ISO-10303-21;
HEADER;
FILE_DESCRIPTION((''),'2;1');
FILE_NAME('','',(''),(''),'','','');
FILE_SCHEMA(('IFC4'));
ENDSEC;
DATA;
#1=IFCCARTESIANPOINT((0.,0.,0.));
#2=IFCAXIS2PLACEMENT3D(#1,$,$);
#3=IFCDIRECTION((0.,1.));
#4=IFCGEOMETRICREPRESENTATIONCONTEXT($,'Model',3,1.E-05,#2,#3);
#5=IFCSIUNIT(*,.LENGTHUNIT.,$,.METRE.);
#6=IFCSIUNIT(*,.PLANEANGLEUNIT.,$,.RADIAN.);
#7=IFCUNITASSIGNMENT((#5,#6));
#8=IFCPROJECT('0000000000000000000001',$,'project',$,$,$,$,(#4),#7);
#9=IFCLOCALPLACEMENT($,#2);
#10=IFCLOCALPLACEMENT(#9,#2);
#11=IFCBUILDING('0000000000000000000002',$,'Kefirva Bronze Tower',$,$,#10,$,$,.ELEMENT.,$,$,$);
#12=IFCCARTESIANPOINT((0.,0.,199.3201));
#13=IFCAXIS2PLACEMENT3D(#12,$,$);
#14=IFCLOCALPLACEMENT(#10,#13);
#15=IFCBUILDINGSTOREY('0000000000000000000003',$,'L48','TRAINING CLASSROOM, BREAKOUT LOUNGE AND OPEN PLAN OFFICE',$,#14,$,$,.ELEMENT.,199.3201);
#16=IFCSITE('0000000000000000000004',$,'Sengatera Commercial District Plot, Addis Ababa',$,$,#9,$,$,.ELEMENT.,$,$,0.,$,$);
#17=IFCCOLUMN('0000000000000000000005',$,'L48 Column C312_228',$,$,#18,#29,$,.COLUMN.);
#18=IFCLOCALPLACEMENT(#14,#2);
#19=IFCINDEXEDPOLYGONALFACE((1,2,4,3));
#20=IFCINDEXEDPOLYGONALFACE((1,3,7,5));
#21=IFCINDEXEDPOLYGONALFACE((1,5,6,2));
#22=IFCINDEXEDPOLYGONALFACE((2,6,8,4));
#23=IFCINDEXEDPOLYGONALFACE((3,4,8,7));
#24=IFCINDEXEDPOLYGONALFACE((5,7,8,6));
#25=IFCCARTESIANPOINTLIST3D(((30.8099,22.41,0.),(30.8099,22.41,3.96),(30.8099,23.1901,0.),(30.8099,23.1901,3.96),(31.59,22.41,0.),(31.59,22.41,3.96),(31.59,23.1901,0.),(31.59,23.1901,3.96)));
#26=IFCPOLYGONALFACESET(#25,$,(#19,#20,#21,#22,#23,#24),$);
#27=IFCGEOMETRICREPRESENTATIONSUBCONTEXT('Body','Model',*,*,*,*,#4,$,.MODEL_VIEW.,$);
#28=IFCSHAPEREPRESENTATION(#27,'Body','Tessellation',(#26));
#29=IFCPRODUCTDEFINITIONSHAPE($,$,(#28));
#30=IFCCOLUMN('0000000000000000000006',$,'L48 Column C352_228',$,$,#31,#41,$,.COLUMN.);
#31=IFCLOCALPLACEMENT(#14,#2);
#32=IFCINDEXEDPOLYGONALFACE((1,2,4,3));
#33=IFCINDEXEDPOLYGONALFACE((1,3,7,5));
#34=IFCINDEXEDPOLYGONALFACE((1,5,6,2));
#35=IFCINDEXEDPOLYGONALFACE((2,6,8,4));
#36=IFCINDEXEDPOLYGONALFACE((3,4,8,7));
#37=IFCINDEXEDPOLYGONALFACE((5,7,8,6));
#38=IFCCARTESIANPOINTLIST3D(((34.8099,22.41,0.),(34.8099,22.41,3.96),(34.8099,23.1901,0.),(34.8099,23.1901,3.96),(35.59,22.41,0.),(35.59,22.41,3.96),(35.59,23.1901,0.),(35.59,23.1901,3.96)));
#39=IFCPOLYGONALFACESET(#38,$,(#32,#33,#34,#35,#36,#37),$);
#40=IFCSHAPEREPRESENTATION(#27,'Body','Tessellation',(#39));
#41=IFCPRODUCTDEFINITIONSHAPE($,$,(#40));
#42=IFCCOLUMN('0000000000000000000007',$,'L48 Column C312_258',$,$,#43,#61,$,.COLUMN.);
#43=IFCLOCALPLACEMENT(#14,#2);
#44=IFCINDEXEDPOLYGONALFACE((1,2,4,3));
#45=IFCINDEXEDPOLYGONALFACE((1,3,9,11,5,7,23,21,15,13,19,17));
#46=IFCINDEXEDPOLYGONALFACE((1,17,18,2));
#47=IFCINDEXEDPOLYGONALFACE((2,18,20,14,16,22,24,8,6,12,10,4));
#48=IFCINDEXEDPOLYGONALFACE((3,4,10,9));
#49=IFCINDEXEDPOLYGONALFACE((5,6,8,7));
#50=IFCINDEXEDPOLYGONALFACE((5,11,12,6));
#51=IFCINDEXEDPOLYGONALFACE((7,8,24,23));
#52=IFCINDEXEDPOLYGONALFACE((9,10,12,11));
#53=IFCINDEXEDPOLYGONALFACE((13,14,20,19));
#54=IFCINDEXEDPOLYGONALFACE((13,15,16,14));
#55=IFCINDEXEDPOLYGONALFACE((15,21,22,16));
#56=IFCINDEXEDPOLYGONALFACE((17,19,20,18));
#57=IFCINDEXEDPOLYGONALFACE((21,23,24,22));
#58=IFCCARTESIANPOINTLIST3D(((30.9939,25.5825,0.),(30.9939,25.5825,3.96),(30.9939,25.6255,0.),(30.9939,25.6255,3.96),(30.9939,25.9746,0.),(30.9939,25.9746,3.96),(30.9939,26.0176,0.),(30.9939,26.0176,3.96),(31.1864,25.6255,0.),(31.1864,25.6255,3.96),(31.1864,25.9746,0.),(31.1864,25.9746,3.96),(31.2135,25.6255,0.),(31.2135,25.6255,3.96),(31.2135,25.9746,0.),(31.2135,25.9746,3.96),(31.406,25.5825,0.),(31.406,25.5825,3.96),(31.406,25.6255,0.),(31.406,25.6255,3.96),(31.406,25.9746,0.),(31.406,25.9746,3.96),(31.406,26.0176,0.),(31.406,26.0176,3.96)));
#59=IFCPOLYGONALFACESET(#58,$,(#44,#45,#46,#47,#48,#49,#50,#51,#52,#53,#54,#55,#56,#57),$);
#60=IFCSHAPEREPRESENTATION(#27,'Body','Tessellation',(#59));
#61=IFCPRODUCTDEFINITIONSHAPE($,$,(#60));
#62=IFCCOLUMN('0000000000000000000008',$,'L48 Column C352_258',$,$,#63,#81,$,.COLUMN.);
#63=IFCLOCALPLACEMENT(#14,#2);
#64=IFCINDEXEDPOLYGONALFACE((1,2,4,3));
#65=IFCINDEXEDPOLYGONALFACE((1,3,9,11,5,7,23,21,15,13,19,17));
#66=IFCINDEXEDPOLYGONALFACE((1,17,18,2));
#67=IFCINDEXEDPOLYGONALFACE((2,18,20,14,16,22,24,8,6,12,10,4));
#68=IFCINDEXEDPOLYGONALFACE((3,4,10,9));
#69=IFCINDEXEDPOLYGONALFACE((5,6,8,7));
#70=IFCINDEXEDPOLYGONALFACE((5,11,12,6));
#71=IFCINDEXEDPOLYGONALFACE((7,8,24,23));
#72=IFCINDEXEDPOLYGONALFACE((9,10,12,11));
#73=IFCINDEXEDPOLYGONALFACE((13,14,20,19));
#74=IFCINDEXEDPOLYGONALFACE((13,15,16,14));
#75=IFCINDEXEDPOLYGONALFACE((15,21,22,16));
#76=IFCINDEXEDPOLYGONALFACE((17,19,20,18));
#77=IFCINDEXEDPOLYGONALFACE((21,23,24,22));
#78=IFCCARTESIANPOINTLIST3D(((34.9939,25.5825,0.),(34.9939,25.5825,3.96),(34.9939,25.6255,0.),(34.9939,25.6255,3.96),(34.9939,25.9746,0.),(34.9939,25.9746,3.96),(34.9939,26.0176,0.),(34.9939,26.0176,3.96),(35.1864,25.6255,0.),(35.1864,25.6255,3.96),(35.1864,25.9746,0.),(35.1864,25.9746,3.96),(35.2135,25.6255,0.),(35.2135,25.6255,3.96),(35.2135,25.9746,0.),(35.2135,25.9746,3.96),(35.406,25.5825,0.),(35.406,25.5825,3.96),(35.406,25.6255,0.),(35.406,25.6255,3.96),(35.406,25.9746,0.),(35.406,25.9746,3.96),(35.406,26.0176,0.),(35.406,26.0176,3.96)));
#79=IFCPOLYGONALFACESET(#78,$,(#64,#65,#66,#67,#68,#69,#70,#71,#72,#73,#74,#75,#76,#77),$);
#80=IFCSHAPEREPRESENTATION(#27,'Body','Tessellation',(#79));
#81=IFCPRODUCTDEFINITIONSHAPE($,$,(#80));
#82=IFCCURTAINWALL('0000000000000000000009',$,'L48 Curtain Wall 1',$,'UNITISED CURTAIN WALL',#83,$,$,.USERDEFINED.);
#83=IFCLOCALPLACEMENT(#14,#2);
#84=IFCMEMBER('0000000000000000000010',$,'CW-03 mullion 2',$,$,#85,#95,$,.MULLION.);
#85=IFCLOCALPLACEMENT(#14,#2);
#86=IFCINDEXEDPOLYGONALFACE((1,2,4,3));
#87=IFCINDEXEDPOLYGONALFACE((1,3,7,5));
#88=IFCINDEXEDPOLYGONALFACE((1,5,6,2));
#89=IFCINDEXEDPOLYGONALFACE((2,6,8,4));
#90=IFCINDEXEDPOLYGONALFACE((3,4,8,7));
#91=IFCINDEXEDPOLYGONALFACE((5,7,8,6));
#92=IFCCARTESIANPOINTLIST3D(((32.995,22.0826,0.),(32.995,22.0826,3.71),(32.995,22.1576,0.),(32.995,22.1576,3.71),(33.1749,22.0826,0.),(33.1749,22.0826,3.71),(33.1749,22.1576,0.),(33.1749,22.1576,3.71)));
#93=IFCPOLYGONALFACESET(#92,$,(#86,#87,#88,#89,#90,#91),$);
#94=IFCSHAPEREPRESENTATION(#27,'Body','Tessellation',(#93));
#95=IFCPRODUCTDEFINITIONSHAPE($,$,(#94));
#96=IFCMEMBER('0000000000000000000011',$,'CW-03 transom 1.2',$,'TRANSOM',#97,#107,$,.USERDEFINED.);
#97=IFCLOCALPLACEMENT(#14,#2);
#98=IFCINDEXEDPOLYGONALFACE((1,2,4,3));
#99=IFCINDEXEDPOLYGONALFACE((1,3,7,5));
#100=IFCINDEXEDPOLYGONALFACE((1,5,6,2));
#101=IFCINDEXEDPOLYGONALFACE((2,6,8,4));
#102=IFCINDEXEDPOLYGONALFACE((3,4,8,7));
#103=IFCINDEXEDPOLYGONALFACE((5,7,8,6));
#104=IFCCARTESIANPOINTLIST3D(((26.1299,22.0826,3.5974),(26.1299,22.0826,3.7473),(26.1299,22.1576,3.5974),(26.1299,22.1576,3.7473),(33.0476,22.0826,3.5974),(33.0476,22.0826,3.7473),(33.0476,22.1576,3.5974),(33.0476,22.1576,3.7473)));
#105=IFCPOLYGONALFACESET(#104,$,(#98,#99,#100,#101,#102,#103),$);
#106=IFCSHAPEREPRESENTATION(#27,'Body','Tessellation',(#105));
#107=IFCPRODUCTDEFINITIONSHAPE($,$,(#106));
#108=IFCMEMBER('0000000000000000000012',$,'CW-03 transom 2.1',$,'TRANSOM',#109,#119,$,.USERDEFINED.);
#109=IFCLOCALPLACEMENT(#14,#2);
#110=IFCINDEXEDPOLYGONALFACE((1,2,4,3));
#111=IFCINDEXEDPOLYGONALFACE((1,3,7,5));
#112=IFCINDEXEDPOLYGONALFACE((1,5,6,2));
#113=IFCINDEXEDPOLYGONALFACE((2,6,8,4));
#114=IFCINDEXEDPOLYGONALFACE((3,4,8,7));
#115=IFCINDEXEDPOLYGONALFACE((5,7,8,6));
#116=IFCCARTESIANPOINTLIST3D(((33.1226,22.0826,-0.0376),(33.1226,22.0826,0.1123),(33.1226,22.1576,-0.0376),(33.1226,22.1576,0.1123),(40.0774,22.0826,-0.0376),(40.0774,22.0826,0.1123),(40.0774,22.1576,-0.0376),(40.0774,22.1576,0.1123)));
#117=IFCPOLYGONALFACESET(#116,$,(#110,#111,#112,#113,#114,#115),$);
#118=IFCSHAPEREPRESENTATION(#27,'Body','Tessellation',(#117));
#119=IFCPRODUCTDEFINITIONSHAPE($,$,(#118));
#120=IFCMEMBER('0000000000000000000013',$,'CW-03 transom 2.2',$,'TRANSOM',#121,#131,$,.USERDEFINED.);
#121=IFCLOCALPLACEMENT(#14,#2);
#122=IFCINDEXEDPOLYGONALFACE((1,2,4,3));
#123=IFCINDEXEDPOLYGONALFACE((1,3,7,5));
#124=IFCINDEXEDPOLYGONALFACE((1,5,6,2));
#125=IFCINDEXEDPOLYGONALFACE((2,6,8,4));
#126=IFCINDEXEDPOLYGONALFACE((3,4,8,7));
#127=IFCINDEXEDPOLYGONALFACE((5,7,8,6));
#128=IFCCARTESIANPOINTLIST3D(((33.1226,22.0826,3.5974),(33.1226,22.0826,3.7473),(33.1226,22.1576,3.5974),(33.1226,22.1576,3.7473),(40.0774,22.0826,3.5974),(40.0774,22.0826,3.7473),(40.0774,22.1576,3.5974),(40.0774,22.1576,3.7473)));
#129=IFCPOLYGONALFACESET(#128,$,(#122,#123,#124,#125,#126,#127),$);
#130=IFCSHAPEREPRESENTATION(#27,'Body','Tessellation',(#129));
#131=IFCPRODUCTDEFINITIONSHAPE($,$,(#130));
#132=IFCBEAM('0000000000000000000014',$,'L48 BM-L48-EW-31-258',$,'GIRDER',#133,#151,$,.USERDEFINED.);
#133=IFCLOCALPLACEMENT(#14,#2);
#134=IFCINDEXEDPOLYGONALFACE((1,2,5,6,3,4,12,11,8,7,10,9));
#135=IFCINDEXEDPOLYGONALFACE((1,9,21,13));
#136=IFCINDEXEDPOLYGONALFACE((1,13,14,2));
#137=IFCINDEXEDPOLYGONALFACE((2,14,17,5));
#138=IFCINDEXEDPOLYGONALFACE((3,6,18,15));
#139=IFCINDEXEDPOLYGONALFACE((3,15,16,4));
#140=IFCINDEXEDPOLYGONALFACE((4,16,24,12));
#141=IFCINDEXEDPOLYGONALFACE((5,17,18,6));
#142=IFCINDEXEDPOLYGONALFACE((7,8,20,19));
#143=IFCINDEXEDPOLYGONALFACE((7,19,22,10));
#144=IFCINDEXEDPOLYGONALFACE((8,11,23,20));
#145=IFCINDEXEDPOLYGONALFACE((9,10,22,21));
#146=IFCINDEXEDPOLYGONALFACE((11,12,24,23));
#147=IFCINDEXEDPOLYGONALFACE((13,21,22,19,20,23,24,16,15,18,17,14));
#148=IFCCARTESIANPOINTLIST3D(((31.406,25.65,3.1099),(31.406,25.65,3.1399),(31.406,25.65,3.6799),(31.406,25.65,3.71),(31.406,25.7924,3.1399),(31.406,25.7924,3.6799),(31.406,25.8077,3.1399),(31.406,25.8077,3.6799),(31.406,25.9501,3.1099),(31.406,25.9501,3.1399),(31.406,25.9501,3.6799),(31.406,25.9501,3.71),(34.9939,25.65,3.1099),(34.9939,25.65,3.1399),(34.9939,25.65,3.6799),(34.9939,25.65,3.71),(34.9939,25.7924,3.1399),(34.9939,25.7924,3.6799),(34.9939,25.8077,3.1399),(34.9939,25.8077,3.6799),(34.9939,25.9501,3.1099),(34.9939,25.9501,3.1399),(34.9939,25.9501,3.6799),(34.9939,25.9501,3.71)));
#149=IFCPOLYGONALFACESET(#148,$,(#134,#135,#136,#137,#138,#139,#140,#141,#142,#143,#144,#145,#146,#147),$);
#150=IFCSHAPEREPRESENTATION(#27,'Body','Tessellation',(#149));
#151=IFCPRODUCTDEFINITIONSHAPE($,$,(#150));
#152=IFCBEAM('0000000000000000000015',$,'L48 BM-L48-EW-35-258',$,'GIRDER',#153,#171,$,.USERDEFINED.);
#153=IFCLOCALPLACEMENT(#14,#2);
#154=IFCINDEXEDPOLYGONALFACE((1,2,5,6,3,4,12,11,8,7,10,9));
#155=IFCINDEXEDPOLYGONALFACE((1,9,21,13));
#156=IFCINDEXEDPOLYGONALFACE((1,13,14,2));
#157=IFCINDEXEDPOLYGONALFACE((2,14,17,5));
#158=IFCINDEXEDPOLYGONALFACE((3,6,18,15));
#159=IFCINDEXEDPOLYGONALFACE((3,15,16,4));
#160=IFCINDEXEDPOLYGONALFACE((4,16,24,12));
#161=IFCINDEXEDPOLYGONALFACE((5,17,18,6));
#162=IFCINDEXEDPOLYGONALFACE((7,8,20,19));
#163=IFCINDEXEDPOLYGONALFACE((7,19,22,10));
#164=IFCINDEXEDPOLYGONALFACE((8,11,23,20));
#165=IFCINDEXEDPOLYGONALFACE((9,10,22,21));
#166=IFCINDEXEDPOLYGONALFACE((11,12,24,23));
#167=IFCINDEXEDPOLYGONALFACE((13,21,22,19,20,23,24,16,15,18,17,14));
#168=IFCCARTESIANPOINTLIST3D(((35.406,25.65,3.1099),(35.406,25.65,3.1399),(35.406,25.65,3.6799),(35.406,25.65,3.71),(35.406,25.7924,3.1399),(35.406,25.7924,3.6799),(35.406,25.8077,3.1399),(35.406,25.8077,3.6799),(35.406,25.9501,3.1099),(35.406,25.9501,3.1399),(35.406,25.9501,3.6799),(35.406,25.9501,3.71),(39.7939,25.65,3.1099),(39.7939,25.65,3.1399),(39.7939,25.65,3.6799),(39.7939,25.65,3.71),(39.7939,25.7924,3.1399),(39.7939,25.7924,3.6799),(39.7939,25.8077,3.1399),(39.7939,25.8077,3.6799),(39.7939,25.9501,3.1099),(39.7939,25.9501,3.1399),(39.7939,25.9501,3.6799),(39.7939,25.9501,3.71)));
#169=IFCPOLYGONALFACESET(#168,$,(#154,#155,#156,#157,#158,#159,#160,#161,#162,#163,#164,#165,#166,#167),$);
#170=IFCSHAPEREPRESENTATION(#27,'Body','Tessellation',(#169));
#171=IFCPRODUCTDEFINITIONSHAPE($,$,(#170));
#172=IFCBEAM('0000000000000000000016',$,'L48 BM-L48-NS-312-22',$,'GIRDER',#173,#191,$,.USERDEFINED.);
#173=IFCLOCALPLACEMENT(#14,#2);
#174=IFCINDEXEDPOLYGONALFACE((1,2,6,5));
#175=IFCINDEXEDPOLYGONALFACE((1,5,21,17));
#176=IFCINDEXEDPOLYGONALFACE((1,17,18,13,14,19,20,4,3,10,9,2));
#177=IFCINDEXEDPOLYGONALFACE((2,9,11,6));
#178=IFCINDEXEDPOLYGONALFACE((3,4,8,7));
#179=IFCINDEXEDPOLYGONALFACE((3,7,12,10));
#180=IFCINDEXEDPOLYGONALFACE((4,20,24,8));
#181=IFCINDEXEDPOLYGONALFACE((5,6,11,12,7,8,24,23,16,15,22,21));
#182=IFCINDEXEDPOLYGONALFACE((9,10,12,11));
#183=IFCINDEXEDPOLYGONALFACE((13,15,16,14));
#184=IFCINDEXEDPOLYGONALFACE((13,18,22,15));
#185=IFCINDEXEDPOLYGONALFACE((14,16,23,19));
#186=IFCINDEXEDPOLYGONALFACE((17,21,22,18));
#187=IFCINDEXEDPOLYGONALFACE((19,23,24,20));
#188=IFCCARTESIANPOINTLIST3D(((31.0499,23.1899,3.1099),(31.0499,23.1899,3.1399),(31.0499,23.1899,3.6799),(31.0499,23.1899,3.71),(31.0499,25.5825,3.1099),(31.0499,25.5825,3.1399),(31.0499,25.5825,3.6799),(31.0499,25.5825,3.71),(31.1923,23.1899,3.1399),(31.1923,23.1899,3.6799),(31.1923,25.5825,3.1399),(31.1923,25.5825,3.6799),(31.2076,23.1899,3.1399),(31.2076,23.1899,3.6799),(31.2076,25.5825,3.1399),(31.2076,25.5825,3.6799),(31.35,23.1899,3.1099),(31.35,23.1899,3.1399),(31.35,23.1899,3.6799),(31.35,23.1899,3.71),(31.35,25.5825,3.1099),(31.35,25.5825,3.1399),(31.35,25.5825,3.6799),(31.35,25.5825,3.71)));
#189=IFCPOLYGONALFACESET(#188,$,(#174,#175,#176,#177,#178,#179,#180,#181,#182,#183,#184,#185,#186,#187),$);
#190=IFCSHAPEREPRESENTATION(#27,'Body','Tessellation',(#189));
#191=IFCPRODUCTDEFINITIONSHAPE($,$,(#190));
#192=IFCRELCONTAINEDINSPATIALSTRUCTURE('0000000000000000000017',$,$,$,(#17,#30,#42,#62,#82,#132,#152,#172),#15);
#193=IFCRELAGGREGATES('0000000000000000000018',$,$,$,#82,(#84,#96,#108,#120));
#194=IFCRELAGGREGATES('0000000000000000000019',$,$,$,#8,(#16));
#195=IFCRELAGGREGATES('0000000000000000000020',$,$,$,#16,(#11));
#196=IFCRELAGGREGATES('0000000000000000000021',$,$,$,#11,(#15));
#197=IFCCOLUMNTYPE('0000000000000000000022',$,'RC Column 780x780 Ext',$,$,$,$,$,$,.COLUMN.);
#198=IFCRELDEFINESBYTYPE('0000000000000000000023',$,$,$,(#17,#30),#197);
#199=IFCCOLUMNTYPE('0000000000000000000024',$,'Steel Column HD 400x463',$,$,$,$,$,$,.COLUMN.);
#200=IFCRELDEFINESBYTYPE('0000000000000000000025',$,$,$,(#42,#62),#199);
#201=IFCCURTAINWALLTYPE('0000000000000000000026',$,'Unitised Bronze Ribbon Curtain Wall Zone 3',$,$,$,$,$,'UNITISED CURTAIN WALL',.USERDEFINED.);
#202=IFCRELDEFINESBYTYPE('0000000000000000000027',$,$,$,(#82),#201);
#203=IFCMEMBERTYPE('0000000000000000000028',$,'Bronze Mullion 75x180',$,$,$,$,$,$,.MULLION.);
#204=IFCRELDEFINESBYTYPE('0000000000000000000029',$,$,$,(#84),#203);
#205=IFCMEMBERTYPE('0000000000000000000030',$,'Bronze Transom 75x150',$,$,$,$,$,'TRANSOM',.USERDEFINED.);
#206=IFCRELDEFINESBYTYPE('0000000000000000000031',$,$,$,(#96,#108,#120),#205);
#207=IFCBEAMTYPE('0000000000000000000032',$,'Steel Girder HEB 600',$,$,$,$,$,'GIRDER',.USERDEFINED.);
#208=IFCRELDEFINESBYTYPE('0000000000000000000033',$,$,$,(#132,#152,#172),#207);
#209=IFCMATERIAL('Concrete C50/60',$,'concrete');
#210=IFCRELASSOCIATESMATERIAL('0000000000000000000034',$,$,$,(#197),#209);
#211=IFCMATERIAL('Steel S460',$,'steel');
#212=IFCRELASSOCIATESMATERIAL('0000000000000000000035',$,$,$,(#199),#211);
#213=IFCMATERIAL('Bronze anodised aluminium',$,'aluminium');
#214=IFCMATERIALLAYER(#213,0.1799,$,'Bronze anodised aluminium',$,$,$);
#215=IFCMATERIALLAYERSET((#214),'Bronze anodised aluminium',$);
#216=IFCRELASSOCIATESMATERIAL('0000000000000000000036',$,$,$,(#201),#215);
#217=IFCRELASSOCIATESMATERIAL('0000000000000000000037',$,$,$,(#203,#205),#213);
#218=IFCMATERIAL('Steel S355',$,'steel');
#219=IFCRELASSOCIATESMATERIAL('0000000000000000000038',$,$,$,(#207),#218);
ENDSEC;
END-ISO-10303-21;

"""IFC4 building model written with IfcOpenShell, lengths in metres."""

from ifc_helpers import new_model, si_unit, direction, frame, origin, origin_2d, place, context, subcontext, project, spatial, rectangle, i_section, extrude, material, layer, layer_set, material_profile, profile_set, type_object, element, aggregate, save


model = new_model("IFC4")

# Units and contexts
model_context = context("Model", 3, precision=1e-05, world=origin(), true_north=direction((0.0, 1.0)))
body_context = subcontext(model_context, "Body", "Model", "MODEL_VIEW")
ifc_project = project(units=[si_unit("LENGTHUNIT", "METRE"), si_unit("PLANEANGLEUNIT", "RADIAN")], contexts=[model_context])

# Site, building, storey
site_placement = place(None, origin())
site = spatial("IfcSite", under=ifc_project, at=site_placement, Name="Sengatera Commercial District Plot, Addis Ababa", CompositionType="ELEMENT", RefElevation=0.0)
building_placement = place(site_placement, origin())
building = spatial("IfcBuilding", under=site, at=building_placement, Name="Kefirva Bronze Tower", CompositionType="ELEMENT")
storey_placement = place(building_placement, frame((0.0, 0.0, 199.3201)))
storey = spatial("IfcBuildingStorey", under=building, at=storey_placement, Name="L48", Description="TRAINING CLASSROOM, BREAKOUT LOUNGE AND OPEN PLAN OFFICE", CompositionType="ELEMENT", Elevation=199.3201)

# Columns
ifc_material_1 = material(Name="Concrete C50/60", Category="concrete")
ifc_material_profile_1 = material_profile(ifc_material_1, rectangle(XDim=0.78, YDim=0.78, at=origin_2d()), Name="RC 780x780")
ifc_profile_set_1 = profile_set([ifc_material_profile_1], Name="Concrete C50/60")
column_type_1 = type_object("IfcColumnType", Name="RC Column 780x780 Ext", PredefinedType="COLUMN", material=ifc_profile_set_1)
for number, where, z_axis, x_axis, name in (
    (1, (31.2, 22.8, 0.0), (0.0, 0.0, 1.0), (1.0, 0.0, 0.0), "L48 Column C312_228"),
    (2, (35.2, 22.8, 0.0), (0.0, 0.0, 1.0), (1.0, 0.0, 0.0), "L48 Column C352_228"),
):
    element("IfcColumn", number, at=place(storey_placement, frame(where, z_axis=z_axis, x_axis=x_axis)), inside=storey, type_object=column_type_1, Name=name, PredefinedType="COLUMN", context=body_context, shape_type="SweptSolid", body=[
        extrude(rectangle(XDim=0.78, YDim=0.78, at=origin_2d()), origin(), (0.0, 0.0, 1.0), 3.96),
    ])
ifc_material_2 = material(Name="Steel S460", Category="steel")
ifc_material_profile_2 = material_profile(ifc_material_2, i_section(OverallWidth=0.4121, OverallDepth=0.4351, WebThickness=0.0271, FlangeThickness=0.043, at=origin_2d()), Name="HD 400x463")
ifc_profile_set_2 = profile_set([ifc_material_profile_2], Name="Steel S460")
column_type_2 = type_object("IfcColumnType", Name="Steel Column HD 400x463", PredefinedType="COLUMN", material=ifc_profile_set_2)
for number, where, z_axis, x_axis, name in (
    (3, (31.2, 25.8, 0.0), (0.0, 0.0, 1.0), (1.0, 0.0, 0.0), "L48 Column C312_258"),
    (4, (35.2, 25.8, 0.0), (0.0, 0.0, 1.0), (1.0, 0.0, 0.0), "L48 Column C352_258"),
):
    element("IfcColumn", number, at=place(storey_placement, frame(where, z_axis=z_axis, x_axis=x_axis)), inside=storey, type_object=column_type_2, Name=name, PredefinedType="COLUMN", context=body_context, shape_type="SweptSolid", body=[
        extrude(i_section(OverallWidth=0.4121, OverallDepth=0.4351, WebThickness=0.0271, FlangeThickness=0.043, at=origin_2d()), origin(), (0.0, 0.0, 1.0), 3.96),
    ])

# Curtain wall, members
ifc_material_3 = material(Name="Bronze anodised aluminium", Category="aluminium")
ifc_layer_1 = layer(ifc_material_3, 0.1799, Name="Bronze anodised aluminium")
ifc_layer_set_1 = layer_set([ifc_layer_1], Name="Bronze anodised aluminium")
curtain_wall_type = type_object("IfcCurtainWallType", Name="Unitised Bronze Ribbon Curtain Wall Zone 3", ElementType="UNITISED CURTAIN WALL", PredefinedType="USERDEFINED", material=ifc_layer_set_1)
curtain_wall_placement = place(storey_placement, origin())
curtain_wall = element("IfcCurtainWall", 5, at=curtain_wall_placement, inside=storey, type_object=curtain_wall_type, Name="L48 Curtain Wall 1", ObjectType="UNITISED CURTAIN WALL", PredefinedType="USERDEFINED")
ifc_material_profile_3 = material_profile(ifc_material_3, rectangle(XDim=0.075, YDim=0.1799, at=origin_2d()), Name="ALU 75x180")
ifc_profile_set_3 = profile_set([ifc_material_profile_3], Name="Bronze anodised aluminium")
member_type_1 = type_object("IfcMemberType", Name="Bronze Mullion 75x180", PredefinedType="MULLION", material=ifc_profile_set_3)
member_1_placement = place(storey_placement, frame((33.085, 22.1201, 0.0), z_axis=(0.0, 0.0, 1.0), x_axis=(0.0, 1.0, 0.0)))
member_1 = element("IfcMember", 6, at=member_1_placement, type_object=member_type_1, Name="CW-03 mullion 2", PredefinedType="MULLION", context=body_context, shape_type="SweptSolid", body=[
    extrude(rectangle(XDim=0.075, YDim=0.1799, at=origin_2d()), origin(), (0.0, 0.0, 1.0), 3.71),
])
ifc_material_profile_4 = material_profile(ifc_material_3, rectangle(XDim=0.075, YDim=0.1499, at=origin_2d()), Name="ALU 75x150")
ifc_profile_set_4 = profile_set([ifc_material_profile_4], Name="Bronze anodised aluminium")
member_type_2 = type_object("IfcMemberType", Name="Bronze Transom 75x150", ElementType="TRANSOM", PredefinedType="USERDEFINED", material=ifc_profile_set_4)
member_2_placement = place(storey_placement, frame((26.1299, 22.1201, 3.6724), z_axis=(1.0, 0.0, 0.0), x_axis=(0.0, 1.0, 0.0)))
member_2 = element("IfcMember", 7, at=member_2_placement, type_object=member_type_2, Name="CW-03 transom 1.2", ObjectType="TRANSOM", PredefinedType="USERDEFINED", context=body_context, shape_type="SweptSolid", body=[
    extrude(rectangle(XDim=0.075, YDim=0.1499, at=origin_2d()), origin(), (0.0, 0.0, 1.0), 6.9177),
])
member_3_placement = place(storey_placement, frame((33.1226, 22.1201, 0.0374), z_axis=(1.0, 0.0, 0.0), x_axis=(0.0, 1.0, 0.0)))
member_3 = element("IfcMember", 8, at=member_3_placement, type_object=member_type_2, Name="CW-03 transom 2.1", ObjectType="TRANSOM", PredefinedType="USERDEFINED", context=body_context, shape_type="SweptSolid", body=[
    extrude(rectangle(XDim=0.075, YDim=0.1499, at=origin_2d()), origin(), (0.0, 0.0, 1.0), 6.9548),
])
member_4_placement = place(storey_placement, frame((33.1226, 22.1201, 3.6724), z_axis=(1.0, 0.0, 0.0), x_axis=(0.0, 1.0, 0.0)))
member_4 = element("IfcMember", 9, at=member_4_placement, type_object=member_type_2, Name="CW-03 transom 2.2", ObjectType="TRANSOM", PredefinedType="USERDEFINED", context=body_context, shape_type="SweptSolid", body=[
    extrude(rectangle(XDim=0.075, YDim=0.1499, at=origin_2d()), origin(), (0.0, 0.0, 1.0), 6.9548),
])

# Beams
ifc_material_4 = material(Name="Steel S355", Category="steel")
ifc_material_profile_5 = material_profile(ifc_material_4, i_section(OverallWidth=0.3, OverallDepth=0.6001, WebThickness=0.0154, FlangeThickness=0.03, at=origin_2d()), Name="HEB 600")
ifc_profile_set_5 = profile_set([ifc_material_profile_5], Name="Steel S355")
beam_type_1 = type_object("IfcBeamType", Name="Steel Girder HEB 600", ElementType="GIRDER", PredefinedType="USERDEFINED", material=ifc_profile_set_5)
beam_1_placement = place(storey_placement, frame((31.406, 25.8, 3.4099), z_axis=(1.0, 0.0, 0.0), x_axis=(0.0, 1.0, 0.0)))
element("IfcBeam", 10, at=beam_1_placement, inside=storey, type_object=beam_type_1, Name="L48 BM-L48-EW-31-258", ObjectType="GIRDER", PredefinedType="USERDEFINED", context=body_context, shape_type="SweptSolid", body=[
    extrude(i_section(OverallWidth=0.3, OverallDepth=0.6001, WebThickness=0.0154, FlangeThickness=0.03, at=origin_2d()), origin(), (0.0, 0.0, 1.0), 3.5879),
])
beam_2_placement = place(storey_placement, frame((35.406, 25.8, 3.4099), z_axis=(1.0, 0.0, 0.0), x_axis=(0.0, 1.0, 0.0)))
element("IfcBeam", 11, at=beam_2_placement, inside=storey, type_object=beam_type_1, Name="L48 BM-L48-EW-35-258", ObjectType="GIRDER", PredefinedType="USERDEFINED", context=body_context, shape_type="SweptSolid", body=[
    extrude(i_section(OverallWidth=0.3, OverallDepth=0.6001, WebThickness=0.0154, FlangeThickness=0.03, at=origin_2d()), origin(), (0.0, 0.0, 1.0), 4.3879),
])
beam_3_placement = place(storey_placement, frame((31.2, 23.1899, 3.4099), z_axis=(0.0, 1.0, 0.0), x_axis=(-1.0, 0.0, 0.0)))
element("IfcBeam", 12, at=beam_3_placement, inside=storey, type_object=beam_type_1, Name="L48 BM-L48-NS-312-22", ObjectType="GIRDER", PredefinedType="USERDEFINED", context=body_context, shape_type="SweptSolid", body=[
    extrude(i_section(OverallWidth=0.3, OverallDepth=0.6001, WebThickness=0.0154, FlangeThickness=0.03, at=origin_2d()), origin(), (0.0, 0.0, 1.0), 2.3926),
])

aggregate(curtain_wall, [member_1, member_2, member_3, member_4])

save(model, "model.ifc")
